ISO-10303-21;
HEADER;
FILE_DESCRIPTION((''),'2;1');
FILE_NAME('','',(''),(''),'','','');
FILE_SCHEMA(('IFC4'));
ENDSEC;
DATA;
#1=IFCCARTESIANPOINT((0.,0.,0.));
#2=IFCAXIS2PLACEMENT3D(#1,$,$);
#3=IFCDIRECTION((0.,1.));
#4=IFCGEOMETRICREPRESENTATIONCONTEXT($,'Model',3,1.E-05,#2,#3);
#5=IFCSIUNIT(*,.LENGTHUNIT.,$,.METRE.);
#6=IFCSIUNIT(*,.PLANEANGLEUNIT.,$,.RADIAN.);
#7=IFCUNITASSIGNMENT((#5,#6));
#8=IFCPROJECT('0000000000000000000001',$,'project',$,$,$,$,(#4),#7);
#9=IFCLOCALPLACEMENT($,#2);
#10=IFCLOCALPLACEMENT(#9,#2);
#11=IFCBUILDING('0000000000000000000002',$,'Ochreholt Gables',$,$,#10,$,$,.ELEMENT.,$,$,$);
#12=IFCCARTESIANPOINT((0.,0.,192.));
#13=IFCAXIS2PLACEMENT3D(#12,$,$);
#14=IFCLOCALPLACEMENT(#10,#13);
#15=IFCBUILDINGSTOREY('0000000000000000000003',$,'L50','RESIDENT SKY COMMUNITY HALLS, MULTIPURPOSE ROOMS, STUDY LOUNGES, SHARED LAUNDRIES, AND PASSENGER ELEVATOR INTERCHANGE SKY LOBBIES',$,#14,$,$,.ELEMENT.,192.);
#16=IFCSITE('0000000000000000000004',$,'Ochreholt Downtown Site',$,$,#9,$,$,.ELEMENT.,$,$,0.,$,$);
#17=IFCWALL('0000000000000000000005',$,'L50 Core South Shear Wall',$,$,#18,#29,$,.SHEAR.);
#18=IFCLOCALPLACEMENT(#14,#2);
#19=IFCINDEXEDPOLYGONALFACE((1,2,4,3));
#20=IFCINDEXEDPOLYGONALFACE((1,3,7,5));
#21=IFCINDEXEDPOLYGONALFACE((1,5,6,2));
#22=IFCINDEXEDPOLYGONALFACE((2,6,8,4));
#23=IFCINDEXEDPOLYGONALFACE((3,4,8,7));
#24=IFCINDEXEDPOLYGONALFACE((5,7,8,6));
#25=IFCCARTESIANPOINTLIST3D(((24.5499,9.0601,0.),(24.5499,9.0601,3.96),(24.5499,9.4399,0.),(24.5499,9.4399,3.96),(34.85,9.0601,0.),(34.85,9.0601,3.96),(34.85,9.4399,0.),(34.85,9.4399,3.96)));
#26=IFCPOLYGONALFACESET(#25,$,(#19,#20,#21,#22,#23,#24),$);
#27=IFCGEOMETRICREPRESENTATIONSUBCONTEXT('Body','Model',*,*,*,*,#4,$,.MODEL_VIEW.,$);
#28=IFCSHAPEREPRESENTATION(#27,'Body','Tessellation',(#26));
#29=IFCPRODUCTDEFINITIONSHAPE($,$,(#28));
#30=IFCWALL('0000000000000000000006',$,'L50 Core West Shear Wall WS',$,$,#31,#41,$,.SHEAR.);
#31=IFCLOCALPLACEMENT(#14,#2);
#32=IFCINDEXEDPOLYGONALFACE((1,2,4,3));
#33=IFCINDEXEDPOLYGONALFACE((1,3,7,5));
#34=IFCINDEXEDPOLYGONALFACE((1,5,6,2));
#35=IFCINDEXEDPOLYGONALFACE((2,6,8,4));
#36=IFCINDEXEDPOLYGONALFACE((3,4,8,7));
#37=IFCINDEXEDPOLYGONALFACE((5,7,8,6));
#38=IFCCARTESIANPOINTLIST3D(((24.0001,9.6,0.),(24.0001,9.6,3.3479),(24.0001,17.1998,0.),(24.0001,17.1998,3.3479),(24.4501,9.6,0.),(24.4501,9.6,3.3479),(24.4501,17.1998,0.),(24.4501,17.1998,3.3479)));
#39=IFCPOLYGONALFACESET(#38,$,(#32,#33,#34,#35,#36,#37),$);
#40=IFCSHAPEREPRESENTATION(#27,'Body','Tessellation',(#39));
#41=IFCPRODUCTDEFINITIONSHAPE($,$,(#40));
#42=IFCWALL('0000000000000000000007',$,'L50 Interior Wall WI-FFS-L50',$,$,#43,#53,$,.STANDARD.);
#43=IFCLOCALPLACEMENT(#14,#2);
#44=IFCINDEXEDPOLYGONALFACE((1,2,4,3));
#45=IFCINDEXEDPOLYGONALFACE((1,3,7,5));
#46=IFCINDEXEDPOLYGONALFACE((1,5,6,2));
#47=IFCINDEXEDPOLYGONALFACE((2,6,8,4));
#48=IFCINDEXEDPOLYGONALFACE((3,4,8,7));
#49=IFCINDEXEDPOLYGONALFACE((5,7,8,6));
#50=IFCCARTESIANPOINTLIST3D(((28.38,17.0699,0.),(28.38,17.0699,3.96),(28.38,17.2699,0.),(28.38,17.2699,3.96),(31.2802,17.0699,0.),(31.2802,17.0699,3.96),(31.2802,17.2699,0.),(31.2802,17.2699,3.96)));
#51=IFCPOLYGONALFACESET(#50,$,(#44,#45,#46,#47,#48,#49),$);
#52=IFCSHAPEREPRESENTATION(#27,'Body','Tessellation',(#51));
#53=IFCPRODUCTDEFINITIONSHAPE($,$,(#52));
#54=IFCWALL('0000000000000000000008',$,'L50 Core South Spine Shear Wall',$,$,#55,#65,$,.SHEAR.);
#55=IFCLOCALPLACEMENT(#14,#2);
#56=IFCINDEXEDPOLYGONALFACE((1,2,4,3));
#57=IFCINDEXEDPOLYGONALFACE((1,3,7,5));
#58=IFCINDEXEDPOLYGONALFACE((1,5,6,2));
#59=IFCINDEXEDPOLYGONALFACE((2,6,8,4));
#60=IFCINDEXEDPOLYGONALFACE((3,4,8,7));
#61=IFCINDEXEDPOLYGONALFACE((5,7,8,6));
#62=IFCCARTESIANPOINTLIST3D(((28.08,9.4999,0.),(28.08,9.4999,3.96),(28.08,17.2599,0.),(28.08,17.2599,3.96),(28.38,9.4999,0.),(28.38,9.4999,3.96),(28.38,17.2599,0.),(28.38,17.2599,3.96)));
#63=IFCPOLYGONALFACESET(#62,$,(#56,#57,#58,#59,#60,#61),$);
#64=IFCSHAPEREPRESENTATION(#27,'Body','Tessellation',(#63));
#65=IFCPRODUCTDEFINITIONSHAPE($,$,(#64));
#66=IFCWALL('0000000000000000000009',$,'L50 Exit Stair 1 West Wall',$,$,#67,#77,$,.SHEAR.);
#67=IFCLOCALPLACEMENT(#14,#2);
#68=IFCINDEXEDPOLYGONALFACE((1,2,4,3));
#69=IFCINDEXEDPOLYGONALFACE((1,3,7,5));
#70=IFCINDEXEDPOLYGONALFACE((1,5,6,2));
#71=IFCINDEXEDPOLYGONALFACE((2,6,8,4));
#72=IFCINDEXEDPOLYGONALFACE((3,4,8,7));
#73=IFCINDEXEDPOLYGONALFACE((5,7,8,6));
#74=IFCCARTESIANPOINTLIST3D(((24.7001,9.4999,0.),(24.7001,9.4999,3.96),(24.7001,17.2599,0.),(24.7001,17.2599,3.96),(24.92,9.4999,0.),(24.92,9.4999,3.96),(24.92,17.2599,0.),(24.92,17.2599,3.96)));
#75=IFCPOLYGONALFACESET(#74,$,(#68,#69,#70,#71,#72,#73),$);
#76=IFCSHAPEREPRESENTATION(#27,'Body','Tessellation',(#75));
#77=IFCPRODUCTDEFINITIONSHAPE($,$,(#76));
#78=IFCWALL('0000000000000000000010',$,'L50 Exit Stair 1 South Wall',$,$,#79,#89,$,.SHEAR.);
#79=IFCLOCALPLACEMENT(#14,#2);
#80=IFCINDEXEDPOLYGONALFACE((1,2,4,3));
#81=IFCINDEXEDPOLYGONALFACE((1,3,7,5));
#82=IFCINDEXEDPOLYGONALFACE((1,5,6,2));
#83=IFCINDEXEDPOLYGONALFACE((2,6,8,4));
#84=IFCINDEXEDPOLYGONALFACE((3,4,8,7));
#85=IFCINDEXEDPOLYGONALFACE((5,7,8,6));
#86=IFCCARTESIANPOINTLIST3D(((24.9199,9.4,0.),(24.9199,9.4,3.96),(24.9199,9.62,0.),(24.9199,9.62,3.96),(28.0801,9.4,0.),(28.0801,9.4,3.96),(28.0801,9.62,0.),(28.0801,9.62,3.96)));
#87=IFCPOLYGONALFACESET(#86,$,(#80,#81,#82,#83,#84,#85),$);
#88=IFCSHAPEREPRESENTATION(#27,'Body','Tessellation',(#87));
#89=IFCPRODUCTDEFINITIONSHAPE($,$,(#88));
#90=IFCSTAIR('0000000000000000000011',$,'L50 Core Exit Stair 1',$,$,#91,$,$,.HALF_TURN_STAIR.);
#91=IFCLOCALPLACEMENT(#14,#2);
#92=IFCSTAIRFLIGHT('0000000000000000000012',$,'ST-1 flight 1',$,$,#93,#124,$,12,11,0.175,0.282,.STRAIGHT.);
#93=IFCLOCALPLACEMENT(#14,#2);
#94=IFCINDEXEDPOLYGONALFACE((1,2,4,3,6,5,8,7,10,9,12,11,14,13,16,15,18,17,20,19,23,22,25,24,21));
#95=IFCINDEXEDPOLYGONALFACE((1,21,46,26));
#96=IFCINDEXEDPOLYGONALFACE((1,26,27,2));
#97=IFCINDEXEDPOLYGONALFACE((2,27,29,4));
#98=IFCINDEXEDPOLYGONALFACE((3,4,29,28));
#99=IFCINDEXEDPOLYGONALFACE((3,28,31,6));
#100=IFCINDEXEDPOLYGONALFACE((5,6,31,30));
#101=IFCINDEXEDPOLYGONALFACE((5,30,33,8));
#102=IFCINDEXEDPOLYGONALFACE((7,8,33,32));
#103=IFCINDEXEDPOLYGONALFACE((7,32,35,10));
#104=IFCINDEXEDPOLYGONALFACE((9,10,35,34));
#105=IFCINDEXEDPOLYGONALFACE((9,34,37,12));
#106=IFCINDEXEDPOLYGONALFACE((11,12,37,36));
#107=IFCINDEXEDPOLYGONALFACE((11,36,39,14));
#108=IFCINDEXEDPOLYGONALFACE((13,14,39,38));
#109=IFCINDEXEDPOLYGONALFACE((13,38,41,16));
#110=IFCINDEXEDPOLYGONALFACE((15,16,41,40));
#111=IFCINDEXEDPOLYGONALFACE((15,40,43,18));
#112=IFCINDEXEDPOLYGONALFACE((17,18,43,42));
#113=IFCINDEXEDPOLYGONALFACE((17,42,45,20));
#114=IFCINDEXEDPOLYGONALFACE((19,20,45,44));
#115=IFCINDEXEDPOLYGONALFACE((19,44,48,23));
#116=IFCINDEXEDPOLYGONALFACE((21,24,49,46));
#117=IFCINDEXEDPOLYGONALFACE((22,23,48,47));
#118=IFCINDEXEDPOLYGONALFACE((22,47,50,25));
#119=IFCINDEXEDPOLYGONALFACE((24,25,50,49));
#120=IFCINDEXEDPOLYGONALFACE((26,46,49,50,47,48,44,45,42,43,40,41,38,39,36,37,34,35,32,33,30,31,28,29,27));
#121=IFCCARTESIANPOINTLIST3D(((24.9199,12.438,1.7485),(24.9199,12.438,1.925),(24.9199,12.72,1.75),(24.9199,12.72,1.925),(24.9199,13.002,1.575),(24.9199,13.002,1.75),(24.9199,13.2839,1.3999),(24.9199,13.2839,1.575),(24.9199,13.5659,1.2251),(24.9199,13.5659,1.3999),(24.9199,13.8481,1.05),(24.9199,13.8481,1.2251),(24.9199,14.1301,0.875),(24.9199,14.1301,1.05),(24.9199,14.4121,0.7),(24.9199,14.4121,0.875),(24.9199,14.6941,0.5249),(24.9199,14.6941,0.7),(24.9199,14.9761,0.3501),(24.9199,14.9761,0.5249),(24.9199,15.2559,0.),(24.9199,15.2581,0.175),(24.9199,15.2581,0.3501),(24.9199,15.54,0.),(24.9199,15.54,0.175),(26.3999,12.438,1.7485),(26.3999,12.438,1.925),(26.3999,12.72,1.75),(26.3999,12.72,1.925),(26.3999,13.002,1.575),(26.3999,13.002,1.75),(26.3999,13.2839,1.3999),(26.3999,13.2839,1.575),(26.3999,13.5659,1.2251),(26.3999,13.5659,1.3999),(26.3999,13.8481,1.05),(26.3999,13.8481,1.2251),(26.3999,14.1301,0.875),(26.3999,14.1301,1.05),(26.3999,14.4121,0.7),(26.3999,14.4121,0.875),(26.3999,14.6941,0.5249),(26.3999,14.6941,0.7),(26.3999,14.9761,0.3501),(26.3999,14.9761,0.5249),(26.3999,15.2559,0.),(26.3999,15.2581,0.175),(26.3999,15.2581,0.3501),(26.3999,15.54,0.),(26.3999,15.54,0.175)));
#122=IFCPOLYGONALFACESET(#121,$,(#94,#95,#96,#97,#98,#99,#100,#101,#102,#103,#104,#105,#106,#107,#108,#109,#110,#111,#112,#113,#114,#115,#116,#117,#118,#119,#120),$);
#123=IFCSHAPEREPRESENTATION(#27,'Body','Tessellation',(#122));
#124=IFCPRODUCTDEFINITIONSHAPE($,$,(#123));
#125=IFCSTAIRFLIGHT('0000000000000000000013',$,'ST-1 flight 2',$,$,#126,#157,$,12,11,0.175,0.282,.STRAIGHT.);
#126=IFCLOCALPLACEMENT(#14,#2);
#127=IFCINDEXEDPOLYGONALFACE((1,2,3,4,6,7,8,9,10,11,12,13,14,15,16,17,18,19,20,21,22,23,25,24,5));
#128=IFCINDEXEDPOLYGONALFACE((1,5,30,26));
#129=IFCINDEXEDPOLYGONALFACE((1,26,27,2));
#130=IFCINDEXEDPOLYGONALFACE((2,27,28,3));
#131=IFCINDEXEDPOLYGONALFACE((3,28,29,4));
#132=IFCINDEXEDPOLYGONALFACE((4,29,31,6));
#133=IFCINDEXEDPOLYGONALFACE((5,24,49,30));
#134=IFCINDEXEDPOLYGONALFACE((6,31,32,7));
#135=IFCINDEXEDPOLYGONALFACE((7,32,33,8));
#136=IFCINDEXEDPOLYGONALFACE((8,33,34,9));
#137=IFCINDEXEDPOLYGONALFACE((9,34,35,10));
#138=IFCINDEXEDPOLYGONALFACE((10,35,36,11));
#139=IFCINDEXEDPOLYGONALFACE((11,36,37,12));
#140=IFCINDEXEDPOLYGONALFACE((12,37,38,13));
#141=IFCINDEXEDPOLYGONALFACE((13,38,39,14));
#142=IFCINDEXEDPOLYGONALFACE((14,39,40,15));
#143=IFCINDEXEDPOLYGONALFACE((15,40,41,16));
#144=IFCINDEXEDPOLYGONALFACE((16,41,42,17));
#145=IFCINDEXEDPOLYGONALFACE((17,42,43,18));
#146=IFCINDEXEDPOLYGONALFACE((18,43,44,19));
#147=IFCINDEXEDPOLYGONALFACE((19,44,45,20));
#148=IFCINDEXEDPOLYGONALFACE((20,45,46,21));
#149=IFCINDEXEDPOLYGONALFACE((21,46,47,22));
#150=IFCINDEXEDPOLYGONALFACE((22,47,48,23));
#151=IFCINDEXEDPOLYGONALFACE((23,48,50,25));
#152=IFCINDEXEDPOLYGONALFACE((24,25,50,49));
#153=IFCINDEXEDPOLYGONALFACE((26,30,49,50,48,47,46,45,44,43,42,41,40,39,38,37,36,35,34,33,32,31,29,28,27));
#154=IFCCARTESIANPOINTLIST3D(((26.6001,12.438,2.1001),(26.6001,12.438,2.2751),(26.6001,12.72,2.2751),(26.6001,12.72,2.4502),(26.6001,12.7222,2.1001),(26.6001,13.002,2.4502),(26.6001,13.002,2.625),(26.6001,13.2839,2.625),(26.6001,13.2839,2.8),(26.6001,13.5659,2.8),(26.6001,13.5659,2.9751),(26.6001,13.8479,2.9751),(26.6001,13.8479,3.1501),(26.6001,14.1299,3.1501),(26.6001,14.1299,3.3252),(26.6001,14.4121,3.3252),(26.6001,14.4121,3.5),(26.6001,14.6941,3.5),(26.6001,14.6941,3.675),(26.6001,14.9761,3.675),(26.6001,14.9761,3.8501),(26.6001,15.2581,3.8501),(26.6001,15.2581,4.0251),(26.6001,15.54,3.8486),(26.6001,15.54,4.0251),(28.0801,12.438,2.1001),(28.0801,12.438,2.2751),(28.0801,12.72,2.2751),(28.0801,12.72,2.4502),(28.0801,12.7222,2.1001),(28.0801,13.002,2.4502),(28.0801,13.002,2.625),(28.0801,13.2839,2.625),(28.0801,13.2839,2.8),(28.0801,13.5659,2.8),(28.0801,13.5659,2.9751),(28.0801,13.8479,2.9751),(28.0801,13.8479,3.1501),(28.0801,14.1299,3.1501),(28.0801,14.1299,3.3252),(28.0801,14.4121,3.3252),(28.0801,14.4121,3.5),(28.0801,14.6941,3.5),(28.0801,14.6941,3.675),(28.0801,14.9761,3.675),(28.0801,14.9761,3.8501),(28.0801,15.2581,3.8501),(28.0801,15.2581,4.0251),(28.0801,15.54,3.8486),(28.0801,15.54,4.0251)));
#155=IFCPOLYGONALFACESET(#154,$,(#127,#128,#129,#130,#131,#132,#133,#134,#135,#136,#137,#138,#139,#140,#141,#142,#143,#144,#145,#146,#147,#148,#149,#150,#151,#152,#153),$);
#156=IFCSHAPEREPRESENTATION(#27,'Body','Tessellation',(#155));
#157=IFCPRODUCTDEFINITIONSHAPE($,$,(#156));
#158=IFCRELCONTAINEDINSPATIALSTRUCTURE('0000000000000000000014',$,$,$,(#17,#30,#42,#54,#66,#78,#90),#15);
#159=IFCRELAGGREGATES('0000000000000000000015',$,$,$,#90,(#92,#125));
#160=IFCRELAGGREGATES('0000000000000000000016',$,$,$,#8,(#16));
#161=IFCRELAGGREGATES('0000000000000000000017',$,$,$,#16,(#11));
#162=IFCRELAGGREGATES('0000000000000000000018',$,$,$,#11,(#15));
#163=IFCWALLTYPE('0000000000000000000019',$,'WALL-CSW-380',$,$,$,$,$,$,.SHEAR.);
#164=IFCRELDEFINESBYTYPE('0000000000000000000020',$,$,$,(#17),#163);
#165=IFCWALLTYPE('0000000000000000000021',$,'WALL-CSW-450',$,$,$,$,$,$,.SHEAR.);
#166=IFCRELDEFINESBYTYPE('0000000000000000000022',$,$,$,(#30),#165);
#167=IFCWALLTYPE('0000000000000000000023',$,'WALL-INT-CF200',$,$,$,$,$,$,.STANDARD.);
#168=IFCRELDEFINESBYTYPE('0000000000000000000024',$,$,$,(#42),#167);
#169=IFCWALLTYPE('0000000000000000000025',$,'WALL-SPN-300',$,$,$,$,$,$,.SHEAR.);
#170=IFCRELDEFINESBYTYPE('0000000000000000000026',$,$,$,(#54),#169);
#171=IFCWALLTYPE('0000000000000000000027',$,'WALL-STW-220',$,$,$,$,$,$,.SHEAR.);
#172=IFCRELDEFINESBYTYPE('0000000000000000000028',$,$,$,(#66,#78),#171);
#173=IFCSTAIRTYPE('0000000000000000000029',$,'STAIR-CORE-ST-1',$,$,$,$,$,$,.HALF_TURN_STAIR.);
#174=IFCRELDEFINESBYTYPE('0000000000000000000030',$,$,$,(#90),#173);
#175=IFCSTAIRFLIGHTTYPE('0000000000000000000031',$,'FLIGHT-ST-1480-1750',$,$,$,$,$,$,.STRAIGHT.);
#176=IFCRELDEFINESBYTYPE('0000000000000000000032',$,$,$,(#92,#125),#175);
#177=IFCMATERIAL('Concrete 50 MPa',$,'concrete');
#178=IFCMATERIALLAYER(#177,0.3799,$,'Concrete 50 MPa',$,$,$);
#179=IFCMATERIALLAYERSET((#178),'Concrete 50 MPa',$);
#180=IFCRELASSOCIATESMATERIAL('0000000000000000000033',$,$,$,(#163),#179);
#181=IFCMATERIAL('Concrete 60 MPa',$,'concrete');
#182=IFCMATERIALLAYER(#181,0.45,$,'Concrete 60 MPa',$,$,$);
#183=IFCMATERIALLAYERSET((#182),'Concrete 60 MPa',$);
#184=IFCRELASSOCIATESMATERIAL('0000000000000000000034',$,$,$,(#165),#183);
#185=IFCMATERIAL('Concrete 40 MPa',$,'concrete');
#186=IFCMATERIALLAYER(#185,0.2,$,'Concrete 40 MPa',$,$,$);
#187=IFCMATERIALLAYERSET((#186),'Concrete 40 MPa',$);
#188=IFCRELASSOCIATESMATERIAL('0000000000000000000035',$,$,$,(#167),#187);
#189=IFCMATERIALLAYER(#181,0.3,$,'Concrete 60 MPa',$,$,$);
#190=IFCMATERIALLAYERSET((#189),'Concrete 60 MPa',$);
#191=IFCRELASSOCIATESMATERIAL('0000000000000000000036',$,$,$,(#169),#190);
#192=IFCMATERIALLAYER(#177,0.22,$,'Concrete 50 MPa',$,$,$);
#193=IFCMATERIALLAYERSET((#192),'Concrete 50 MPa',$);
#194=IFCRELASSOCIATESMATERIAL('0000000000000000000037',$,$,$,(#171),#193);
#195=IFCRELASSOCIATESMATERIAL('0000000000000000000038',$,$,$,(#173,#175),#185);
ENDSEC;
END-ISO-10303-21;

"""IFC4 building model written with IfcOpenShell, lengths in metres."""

from ifc_helpers import new_model, si_unit, direction, frame, frame_2d, origin, place, context, subcontext, project, spatial, polyline, rectangle, outline, extrude, material, layer, layer_set, type_object, element, aggregate, save


model = new_model("IFC4")

# Units and contexts
model_context = context("Model", 3, precision=1e-05, world=origin(), true_north=direction((0.0, 1.0)))
body_context = subcontext(model_context, "Body", "Model", "MODEL_VIEW")
ifc_project = project(units=[si_unit("LENGTHUNIT", "METRE"), si_unit("PLANEANGLEUNIT", "RADIAN")], contexts=[model_context])

# Site, building, storey
site_placement = place(None, origin())
site = spatial("IfcSite", under=ifc_project, at=site_placement, Name="Ochreholt Downtown Site", CompositionType="ELEMENT", RefElevation=0.0)
building_placement = place(site_placement, origin())
building = spatial("IfcBuilding", under=site, at=building_placement, Name="Ochreholt Gables", CompositionType="ELEMENT")
storey_placement = place(building_placement, frame((0.0, 0.0, 192.0)))
storey = spatial("IfcBuildingStorey", under=building, at=storey_placement, Name="L50", Description="RESIDENT SKY COMMUNITY HALLS, MULTIPURPOSE ROOMS, STUDY LOUNGES, SHARED LAUNDRIES, AND PASSENGER ELEVATOR INTERCHANGE SKY LOBBIES", CompositionType="ELEMENT", Elevation=192.0)

# Shared definitions
ifc_material_1 = material(Name="Concrete 50 MPa", Category="concrete")

# Walls
ifc_layer_1 = layer(ifc_material_1, 0.3799, Name="Concrete 50 MPa")
ifc_layer_set_1 = layer_set([ifc_layer_1], Name="Concrete 50 MPa")
wall_type_1 = type_object("IfcWallType", Name="WALL-CSW-380", PredefinedType="SHEAR", material=ifc_layer_set_1)
wall_1_placement = place(storey_placement, frame((24.55, 9.25, 0.0), z_axis=(0.0, 0.0, 1.0), x_axis=(1.0, 0.0, 0.0)))
element("IfcWall", 1, at=wall_1_placement, inside=storey, type_object=wall_type_1, Name="L50 Core South Shear Wall", PredefinedType="SHEAR", context=body_context, shape_type="SweptSolid", body=[
    extrude(rectangle(XDim=10.3, YDim=0.3799, at=frame_2d((5.1499, 0.0))), origin(), (0.0, 0.0, 1.0), 3.96),
])
ifc_material_2 = material(Name="Concrete 60 MPa", Category="concrete")
ifc_layer_2 = layer(ifc_material_2, 0.45, Name="Concrete 60 MPa")
ifc_layer_set_2 = layer_set([ifc_layer_2], Name="Concrete 60 MPa")
wall_type_2 = type_object("IfcWallType", Name="WALL-CSW-450", PredefinedType="SHEAR", material=ifc_layer_set_2)
wall_2_placement = place(storey_placement, frame((24.2251, 9.6001, 0.0), z_axis=(0.0, 0.0, 1.0), x_axis=(0.0, 1.0, 0.0)))
element("IfcWall", 2, at=wall_2_placement, inside=storey, type_object=wall_type_2, Name="L50 Core West Shear Wall WS", PredefinedType="SHEAR", context=body_context, shape_type="SweptSolid", body=[
    extrude(rectangle(XDim=7.5999, YDim=0.45, at=frame_2d((3.7998, 0.0))), origin(), (0.0, 0.0, 1.0), 3.3479),
])
ifc_material_3 = material(Name="Concrete 40 MPa", Category="concrete")
ifc_layer_3 = layer(ifc_material_3, 0.2, Name="Concrete 40 MPa")
ifc_layer_set_3 = layer_set([ifc_layer_3], Name="Concrete 40 MPa")
wall_type_3 = type_object("IfcWallType", Name="WALL-INT-CF200", PredefinedType="STANDARD", material=ifc_layer_set_3)
wall_3_placement = place(storey_placement, frame((28.3799, 17.1699, 0.0), z_axis=(0.0, 0.0, 1.0), x_axis=(1.0, 0.0, 0.0)))
element("IfcWall", 3, at=wall_3_placement, inside=storey, type_object=wall_type_3, Name="L50 Interior Wall WI-FFS-L50", PredefinedType="STANDARD", context=body_context, shape_type="SweptSolid", body=[
    extrude(rectangle(XDim=2.9001, YDim=0.2, at=frame_2d((1.4502, 0.0))), origin(), (0.0, 0.0, 1.0), 3.96),
])

# Walls
ifc_layer_4 = layer(ifc_material_2, 0.3, Name="Concrete 60 MPa")
ifc_layer_set_4 = layer_set([ifc_layer_4], Name="Concrete 60 MPa")
wall_type_4 = type_object("IfcWallType", Name="WALL-SPN-300", PredefinedType="SHEAR", material=ifc_layer_set_4)
wall_4_placement = place(storey_placement, frame((28.23, 9.5, 0.0), z_axis=(0.0, 0.0, 1.0), x_axis=(0.0, 1.0, 0.0)))
element("IfcWall", 4, at=wall_4_placement, inside=storey, type_object=wall_type_4, Name="L50 Core South Spine Shear Wall", PredefinedType="SHEAR", context=body_context, shape_type="SweptSolid", body=[
    extrude(rectangle(XDim=7.76, YDim=0.3, at=frame_2d((3.8799, 0.0))), origin(), (0.0, 0.0, 1.0), 3.96),
])
ifc_layer_5 = layer(ifc_material_1, 0.22, Name="Concrete 50 MPa")
ifc_layer_set_5 = layer_set([ifc_layer_5], Name="Concrete 50 MPa")
wall_type_5 = type_object("IfcWallType", Name="WALL-STW-220", PredefinedType="SHEAR", material=ifc_layer_set_5)
wall_5_placement = place(storey_placement, frame((24.8101, 9.5, 0.0), z_axis=(0.0, 0.0, 1.0), x_axis=(0.0, 1.0, 0.0)))
element("IfcWall", 5, at=wall_5_placement, inside=storey, type_object=wall_type_5, Name="L50 Exit Stair 1 West Wall", PredefinedType="SHEAR", context=body_context, shape_type="SweptSolid", body=[
    extrude(rectangle(XDim=7.76, YDim=0.22, at=frame_2d((3.8799, 0.0))), origin(), (0.0, 0.0, 1.0), 3.96),
])
wall_6_placement = place(storey_placement, frame((24.9199, 9.51, 0.0), z_axis=(0.0, 0.0, 1.0), x_axis=(1.0, 0.0, 0.0)))
element("IfcWall", 6, at=wall_6_placement, inside=storey, type_object=wall_type_5, Name="L50 Exit Stair 1 South Wall", PredefinedType="SHEAR", context=body_context, shape_type="SweptSolid", body=[
    extrude(rectangle(XDim=3.1602, YDim=0.22, at=frame_2d((1.5801, 0.0))), origin(), (0.0, 0.0, 1.0), 3.96),
])

# Stair, stair flights
stair_type = type_object("IfcStairType", Name="STAIR-CORE-ST-1", PredefinedType="HALF_TURN_STAIR", material=ifc_material_3)
stair_placement = place(storey_placement, origin())
stair = element("IfcStair", 7, at=stair_placement, inside=storey, type_object=stair_type, Name="L50 Core Exit Stair 1", PredefinedType="HALF_TURN_STAIR")
stair_flight_type = type_object("IfcStairFlightType", Name="FLIGHT-ST-1480-1750", PredefinedType="STRAIGHT", material=ifc_material_3)
stair_flight_1_placement = place(storey_placement, frame((25.6599, 15.54, 0.0), z_axis=(0.0, 0.0, 1.0), x_axis=(0.0, -1.0, 0.0)))
stair_flight_1 = element("IfcStairFlight", 8, at=stair_flight_1_placement, type_object=stair_flight_type, Name="ST-1 flight 1", NumberOfRisers=12, NumberOfTreads=11, PredefinedType="STRAIGHT", RiserHeight=0.175, TreadLength=0.282, context=body_context, shape_type="SweptSolid", body=[
    extrude(outline(polyline([(0.0, 0.0), (0.0, 0.175), (0.282, 0.175), (0.282, 0.3501), (0.564, 0.3501), (0.564, 0.5249), (0.8459, 0.5249), (0.8459, 0.7), (1.1279, 0.7), (1.1279, 0.875), (1.4099, 0.875), (1.4099, 1.05), (1.6919, 1.05), (1.6919, 1.2251), (1.9741, 1.2251), (1.9741, 1.3999), (2.2561, 1.3999), (2.2561, 1.575), (2.5381, 1.575), (2.5381, 1.75), (2.8201, 1.75), (2.8201, 1.925), (3.1021, 1.925), (3.1021, 2.1001), (3.1021, 1.7485), (0.2842, 0.0), (0.0, 0.0)])), frame((0.0, 0.74, 0.0), z_axis=(0.0, -1.0, 0.0), x_axis=(1.0, 0.0, 0.0)), (0.0, 0.0, 1.0), 1.48),
])
stair_flight_2_placement = place(storey_placement, frame((27.3401, 12.438, 2.1001), z_axis=(0.0, 0.0, 1.0), x_axis=(0.0, 1.0, 0.0)))
stair_flight_2 = element("IfcStairFlight", 9, at=stair_flight_2_placement, type_object=stair_flight_type, Name="ST-1 flight 2", NumberOfRisers=12, NumberOfTreads=11, PredefinedType="STRAIGHT", RiserHeight=0.175, TreadLength=0.282, context=body_context, shape_type="SweptSolid", body=[
    extrude(outline(polyline([(0.0, 0.0), (0.0, 0.175), (0.282, 0.175), (0.282, 0.3501), (0.564, 0.3501), (0.564, 0.5249), (0.8459, 0.5249), (0.8459, 0.7), (1.1279, 0.7), (1.1279, 0.875), (1.4099, 0.875), (1.4099, 1.05), (1.6919, 1.05), (1.6919, 1.2251), (1.9741, 1.2251), (1.9741, 1.3999), (2.2561, 1.3999), (2.2561, 1.575), (2.5381, 1.575), (2.5381, 1.75), (2.8201, 1.75), (2.8201, 1.925), (3.1021, 1.925), (3.1021, 2.1001), (3.1021, 1.7485), (0.2842, 0.0), (0.0, 0.0)])), frame((0.0, 0.74, 0.0), z_axis=(0.0, -1.0, 0.0), x_axis=(1.0, 0.0, 0.0)), (0.0, 0.0, 1.0), 1.48),
])
aggregate(stair, [stair_flight_1, stair_flight_2])

save(model, "model.ifc")
